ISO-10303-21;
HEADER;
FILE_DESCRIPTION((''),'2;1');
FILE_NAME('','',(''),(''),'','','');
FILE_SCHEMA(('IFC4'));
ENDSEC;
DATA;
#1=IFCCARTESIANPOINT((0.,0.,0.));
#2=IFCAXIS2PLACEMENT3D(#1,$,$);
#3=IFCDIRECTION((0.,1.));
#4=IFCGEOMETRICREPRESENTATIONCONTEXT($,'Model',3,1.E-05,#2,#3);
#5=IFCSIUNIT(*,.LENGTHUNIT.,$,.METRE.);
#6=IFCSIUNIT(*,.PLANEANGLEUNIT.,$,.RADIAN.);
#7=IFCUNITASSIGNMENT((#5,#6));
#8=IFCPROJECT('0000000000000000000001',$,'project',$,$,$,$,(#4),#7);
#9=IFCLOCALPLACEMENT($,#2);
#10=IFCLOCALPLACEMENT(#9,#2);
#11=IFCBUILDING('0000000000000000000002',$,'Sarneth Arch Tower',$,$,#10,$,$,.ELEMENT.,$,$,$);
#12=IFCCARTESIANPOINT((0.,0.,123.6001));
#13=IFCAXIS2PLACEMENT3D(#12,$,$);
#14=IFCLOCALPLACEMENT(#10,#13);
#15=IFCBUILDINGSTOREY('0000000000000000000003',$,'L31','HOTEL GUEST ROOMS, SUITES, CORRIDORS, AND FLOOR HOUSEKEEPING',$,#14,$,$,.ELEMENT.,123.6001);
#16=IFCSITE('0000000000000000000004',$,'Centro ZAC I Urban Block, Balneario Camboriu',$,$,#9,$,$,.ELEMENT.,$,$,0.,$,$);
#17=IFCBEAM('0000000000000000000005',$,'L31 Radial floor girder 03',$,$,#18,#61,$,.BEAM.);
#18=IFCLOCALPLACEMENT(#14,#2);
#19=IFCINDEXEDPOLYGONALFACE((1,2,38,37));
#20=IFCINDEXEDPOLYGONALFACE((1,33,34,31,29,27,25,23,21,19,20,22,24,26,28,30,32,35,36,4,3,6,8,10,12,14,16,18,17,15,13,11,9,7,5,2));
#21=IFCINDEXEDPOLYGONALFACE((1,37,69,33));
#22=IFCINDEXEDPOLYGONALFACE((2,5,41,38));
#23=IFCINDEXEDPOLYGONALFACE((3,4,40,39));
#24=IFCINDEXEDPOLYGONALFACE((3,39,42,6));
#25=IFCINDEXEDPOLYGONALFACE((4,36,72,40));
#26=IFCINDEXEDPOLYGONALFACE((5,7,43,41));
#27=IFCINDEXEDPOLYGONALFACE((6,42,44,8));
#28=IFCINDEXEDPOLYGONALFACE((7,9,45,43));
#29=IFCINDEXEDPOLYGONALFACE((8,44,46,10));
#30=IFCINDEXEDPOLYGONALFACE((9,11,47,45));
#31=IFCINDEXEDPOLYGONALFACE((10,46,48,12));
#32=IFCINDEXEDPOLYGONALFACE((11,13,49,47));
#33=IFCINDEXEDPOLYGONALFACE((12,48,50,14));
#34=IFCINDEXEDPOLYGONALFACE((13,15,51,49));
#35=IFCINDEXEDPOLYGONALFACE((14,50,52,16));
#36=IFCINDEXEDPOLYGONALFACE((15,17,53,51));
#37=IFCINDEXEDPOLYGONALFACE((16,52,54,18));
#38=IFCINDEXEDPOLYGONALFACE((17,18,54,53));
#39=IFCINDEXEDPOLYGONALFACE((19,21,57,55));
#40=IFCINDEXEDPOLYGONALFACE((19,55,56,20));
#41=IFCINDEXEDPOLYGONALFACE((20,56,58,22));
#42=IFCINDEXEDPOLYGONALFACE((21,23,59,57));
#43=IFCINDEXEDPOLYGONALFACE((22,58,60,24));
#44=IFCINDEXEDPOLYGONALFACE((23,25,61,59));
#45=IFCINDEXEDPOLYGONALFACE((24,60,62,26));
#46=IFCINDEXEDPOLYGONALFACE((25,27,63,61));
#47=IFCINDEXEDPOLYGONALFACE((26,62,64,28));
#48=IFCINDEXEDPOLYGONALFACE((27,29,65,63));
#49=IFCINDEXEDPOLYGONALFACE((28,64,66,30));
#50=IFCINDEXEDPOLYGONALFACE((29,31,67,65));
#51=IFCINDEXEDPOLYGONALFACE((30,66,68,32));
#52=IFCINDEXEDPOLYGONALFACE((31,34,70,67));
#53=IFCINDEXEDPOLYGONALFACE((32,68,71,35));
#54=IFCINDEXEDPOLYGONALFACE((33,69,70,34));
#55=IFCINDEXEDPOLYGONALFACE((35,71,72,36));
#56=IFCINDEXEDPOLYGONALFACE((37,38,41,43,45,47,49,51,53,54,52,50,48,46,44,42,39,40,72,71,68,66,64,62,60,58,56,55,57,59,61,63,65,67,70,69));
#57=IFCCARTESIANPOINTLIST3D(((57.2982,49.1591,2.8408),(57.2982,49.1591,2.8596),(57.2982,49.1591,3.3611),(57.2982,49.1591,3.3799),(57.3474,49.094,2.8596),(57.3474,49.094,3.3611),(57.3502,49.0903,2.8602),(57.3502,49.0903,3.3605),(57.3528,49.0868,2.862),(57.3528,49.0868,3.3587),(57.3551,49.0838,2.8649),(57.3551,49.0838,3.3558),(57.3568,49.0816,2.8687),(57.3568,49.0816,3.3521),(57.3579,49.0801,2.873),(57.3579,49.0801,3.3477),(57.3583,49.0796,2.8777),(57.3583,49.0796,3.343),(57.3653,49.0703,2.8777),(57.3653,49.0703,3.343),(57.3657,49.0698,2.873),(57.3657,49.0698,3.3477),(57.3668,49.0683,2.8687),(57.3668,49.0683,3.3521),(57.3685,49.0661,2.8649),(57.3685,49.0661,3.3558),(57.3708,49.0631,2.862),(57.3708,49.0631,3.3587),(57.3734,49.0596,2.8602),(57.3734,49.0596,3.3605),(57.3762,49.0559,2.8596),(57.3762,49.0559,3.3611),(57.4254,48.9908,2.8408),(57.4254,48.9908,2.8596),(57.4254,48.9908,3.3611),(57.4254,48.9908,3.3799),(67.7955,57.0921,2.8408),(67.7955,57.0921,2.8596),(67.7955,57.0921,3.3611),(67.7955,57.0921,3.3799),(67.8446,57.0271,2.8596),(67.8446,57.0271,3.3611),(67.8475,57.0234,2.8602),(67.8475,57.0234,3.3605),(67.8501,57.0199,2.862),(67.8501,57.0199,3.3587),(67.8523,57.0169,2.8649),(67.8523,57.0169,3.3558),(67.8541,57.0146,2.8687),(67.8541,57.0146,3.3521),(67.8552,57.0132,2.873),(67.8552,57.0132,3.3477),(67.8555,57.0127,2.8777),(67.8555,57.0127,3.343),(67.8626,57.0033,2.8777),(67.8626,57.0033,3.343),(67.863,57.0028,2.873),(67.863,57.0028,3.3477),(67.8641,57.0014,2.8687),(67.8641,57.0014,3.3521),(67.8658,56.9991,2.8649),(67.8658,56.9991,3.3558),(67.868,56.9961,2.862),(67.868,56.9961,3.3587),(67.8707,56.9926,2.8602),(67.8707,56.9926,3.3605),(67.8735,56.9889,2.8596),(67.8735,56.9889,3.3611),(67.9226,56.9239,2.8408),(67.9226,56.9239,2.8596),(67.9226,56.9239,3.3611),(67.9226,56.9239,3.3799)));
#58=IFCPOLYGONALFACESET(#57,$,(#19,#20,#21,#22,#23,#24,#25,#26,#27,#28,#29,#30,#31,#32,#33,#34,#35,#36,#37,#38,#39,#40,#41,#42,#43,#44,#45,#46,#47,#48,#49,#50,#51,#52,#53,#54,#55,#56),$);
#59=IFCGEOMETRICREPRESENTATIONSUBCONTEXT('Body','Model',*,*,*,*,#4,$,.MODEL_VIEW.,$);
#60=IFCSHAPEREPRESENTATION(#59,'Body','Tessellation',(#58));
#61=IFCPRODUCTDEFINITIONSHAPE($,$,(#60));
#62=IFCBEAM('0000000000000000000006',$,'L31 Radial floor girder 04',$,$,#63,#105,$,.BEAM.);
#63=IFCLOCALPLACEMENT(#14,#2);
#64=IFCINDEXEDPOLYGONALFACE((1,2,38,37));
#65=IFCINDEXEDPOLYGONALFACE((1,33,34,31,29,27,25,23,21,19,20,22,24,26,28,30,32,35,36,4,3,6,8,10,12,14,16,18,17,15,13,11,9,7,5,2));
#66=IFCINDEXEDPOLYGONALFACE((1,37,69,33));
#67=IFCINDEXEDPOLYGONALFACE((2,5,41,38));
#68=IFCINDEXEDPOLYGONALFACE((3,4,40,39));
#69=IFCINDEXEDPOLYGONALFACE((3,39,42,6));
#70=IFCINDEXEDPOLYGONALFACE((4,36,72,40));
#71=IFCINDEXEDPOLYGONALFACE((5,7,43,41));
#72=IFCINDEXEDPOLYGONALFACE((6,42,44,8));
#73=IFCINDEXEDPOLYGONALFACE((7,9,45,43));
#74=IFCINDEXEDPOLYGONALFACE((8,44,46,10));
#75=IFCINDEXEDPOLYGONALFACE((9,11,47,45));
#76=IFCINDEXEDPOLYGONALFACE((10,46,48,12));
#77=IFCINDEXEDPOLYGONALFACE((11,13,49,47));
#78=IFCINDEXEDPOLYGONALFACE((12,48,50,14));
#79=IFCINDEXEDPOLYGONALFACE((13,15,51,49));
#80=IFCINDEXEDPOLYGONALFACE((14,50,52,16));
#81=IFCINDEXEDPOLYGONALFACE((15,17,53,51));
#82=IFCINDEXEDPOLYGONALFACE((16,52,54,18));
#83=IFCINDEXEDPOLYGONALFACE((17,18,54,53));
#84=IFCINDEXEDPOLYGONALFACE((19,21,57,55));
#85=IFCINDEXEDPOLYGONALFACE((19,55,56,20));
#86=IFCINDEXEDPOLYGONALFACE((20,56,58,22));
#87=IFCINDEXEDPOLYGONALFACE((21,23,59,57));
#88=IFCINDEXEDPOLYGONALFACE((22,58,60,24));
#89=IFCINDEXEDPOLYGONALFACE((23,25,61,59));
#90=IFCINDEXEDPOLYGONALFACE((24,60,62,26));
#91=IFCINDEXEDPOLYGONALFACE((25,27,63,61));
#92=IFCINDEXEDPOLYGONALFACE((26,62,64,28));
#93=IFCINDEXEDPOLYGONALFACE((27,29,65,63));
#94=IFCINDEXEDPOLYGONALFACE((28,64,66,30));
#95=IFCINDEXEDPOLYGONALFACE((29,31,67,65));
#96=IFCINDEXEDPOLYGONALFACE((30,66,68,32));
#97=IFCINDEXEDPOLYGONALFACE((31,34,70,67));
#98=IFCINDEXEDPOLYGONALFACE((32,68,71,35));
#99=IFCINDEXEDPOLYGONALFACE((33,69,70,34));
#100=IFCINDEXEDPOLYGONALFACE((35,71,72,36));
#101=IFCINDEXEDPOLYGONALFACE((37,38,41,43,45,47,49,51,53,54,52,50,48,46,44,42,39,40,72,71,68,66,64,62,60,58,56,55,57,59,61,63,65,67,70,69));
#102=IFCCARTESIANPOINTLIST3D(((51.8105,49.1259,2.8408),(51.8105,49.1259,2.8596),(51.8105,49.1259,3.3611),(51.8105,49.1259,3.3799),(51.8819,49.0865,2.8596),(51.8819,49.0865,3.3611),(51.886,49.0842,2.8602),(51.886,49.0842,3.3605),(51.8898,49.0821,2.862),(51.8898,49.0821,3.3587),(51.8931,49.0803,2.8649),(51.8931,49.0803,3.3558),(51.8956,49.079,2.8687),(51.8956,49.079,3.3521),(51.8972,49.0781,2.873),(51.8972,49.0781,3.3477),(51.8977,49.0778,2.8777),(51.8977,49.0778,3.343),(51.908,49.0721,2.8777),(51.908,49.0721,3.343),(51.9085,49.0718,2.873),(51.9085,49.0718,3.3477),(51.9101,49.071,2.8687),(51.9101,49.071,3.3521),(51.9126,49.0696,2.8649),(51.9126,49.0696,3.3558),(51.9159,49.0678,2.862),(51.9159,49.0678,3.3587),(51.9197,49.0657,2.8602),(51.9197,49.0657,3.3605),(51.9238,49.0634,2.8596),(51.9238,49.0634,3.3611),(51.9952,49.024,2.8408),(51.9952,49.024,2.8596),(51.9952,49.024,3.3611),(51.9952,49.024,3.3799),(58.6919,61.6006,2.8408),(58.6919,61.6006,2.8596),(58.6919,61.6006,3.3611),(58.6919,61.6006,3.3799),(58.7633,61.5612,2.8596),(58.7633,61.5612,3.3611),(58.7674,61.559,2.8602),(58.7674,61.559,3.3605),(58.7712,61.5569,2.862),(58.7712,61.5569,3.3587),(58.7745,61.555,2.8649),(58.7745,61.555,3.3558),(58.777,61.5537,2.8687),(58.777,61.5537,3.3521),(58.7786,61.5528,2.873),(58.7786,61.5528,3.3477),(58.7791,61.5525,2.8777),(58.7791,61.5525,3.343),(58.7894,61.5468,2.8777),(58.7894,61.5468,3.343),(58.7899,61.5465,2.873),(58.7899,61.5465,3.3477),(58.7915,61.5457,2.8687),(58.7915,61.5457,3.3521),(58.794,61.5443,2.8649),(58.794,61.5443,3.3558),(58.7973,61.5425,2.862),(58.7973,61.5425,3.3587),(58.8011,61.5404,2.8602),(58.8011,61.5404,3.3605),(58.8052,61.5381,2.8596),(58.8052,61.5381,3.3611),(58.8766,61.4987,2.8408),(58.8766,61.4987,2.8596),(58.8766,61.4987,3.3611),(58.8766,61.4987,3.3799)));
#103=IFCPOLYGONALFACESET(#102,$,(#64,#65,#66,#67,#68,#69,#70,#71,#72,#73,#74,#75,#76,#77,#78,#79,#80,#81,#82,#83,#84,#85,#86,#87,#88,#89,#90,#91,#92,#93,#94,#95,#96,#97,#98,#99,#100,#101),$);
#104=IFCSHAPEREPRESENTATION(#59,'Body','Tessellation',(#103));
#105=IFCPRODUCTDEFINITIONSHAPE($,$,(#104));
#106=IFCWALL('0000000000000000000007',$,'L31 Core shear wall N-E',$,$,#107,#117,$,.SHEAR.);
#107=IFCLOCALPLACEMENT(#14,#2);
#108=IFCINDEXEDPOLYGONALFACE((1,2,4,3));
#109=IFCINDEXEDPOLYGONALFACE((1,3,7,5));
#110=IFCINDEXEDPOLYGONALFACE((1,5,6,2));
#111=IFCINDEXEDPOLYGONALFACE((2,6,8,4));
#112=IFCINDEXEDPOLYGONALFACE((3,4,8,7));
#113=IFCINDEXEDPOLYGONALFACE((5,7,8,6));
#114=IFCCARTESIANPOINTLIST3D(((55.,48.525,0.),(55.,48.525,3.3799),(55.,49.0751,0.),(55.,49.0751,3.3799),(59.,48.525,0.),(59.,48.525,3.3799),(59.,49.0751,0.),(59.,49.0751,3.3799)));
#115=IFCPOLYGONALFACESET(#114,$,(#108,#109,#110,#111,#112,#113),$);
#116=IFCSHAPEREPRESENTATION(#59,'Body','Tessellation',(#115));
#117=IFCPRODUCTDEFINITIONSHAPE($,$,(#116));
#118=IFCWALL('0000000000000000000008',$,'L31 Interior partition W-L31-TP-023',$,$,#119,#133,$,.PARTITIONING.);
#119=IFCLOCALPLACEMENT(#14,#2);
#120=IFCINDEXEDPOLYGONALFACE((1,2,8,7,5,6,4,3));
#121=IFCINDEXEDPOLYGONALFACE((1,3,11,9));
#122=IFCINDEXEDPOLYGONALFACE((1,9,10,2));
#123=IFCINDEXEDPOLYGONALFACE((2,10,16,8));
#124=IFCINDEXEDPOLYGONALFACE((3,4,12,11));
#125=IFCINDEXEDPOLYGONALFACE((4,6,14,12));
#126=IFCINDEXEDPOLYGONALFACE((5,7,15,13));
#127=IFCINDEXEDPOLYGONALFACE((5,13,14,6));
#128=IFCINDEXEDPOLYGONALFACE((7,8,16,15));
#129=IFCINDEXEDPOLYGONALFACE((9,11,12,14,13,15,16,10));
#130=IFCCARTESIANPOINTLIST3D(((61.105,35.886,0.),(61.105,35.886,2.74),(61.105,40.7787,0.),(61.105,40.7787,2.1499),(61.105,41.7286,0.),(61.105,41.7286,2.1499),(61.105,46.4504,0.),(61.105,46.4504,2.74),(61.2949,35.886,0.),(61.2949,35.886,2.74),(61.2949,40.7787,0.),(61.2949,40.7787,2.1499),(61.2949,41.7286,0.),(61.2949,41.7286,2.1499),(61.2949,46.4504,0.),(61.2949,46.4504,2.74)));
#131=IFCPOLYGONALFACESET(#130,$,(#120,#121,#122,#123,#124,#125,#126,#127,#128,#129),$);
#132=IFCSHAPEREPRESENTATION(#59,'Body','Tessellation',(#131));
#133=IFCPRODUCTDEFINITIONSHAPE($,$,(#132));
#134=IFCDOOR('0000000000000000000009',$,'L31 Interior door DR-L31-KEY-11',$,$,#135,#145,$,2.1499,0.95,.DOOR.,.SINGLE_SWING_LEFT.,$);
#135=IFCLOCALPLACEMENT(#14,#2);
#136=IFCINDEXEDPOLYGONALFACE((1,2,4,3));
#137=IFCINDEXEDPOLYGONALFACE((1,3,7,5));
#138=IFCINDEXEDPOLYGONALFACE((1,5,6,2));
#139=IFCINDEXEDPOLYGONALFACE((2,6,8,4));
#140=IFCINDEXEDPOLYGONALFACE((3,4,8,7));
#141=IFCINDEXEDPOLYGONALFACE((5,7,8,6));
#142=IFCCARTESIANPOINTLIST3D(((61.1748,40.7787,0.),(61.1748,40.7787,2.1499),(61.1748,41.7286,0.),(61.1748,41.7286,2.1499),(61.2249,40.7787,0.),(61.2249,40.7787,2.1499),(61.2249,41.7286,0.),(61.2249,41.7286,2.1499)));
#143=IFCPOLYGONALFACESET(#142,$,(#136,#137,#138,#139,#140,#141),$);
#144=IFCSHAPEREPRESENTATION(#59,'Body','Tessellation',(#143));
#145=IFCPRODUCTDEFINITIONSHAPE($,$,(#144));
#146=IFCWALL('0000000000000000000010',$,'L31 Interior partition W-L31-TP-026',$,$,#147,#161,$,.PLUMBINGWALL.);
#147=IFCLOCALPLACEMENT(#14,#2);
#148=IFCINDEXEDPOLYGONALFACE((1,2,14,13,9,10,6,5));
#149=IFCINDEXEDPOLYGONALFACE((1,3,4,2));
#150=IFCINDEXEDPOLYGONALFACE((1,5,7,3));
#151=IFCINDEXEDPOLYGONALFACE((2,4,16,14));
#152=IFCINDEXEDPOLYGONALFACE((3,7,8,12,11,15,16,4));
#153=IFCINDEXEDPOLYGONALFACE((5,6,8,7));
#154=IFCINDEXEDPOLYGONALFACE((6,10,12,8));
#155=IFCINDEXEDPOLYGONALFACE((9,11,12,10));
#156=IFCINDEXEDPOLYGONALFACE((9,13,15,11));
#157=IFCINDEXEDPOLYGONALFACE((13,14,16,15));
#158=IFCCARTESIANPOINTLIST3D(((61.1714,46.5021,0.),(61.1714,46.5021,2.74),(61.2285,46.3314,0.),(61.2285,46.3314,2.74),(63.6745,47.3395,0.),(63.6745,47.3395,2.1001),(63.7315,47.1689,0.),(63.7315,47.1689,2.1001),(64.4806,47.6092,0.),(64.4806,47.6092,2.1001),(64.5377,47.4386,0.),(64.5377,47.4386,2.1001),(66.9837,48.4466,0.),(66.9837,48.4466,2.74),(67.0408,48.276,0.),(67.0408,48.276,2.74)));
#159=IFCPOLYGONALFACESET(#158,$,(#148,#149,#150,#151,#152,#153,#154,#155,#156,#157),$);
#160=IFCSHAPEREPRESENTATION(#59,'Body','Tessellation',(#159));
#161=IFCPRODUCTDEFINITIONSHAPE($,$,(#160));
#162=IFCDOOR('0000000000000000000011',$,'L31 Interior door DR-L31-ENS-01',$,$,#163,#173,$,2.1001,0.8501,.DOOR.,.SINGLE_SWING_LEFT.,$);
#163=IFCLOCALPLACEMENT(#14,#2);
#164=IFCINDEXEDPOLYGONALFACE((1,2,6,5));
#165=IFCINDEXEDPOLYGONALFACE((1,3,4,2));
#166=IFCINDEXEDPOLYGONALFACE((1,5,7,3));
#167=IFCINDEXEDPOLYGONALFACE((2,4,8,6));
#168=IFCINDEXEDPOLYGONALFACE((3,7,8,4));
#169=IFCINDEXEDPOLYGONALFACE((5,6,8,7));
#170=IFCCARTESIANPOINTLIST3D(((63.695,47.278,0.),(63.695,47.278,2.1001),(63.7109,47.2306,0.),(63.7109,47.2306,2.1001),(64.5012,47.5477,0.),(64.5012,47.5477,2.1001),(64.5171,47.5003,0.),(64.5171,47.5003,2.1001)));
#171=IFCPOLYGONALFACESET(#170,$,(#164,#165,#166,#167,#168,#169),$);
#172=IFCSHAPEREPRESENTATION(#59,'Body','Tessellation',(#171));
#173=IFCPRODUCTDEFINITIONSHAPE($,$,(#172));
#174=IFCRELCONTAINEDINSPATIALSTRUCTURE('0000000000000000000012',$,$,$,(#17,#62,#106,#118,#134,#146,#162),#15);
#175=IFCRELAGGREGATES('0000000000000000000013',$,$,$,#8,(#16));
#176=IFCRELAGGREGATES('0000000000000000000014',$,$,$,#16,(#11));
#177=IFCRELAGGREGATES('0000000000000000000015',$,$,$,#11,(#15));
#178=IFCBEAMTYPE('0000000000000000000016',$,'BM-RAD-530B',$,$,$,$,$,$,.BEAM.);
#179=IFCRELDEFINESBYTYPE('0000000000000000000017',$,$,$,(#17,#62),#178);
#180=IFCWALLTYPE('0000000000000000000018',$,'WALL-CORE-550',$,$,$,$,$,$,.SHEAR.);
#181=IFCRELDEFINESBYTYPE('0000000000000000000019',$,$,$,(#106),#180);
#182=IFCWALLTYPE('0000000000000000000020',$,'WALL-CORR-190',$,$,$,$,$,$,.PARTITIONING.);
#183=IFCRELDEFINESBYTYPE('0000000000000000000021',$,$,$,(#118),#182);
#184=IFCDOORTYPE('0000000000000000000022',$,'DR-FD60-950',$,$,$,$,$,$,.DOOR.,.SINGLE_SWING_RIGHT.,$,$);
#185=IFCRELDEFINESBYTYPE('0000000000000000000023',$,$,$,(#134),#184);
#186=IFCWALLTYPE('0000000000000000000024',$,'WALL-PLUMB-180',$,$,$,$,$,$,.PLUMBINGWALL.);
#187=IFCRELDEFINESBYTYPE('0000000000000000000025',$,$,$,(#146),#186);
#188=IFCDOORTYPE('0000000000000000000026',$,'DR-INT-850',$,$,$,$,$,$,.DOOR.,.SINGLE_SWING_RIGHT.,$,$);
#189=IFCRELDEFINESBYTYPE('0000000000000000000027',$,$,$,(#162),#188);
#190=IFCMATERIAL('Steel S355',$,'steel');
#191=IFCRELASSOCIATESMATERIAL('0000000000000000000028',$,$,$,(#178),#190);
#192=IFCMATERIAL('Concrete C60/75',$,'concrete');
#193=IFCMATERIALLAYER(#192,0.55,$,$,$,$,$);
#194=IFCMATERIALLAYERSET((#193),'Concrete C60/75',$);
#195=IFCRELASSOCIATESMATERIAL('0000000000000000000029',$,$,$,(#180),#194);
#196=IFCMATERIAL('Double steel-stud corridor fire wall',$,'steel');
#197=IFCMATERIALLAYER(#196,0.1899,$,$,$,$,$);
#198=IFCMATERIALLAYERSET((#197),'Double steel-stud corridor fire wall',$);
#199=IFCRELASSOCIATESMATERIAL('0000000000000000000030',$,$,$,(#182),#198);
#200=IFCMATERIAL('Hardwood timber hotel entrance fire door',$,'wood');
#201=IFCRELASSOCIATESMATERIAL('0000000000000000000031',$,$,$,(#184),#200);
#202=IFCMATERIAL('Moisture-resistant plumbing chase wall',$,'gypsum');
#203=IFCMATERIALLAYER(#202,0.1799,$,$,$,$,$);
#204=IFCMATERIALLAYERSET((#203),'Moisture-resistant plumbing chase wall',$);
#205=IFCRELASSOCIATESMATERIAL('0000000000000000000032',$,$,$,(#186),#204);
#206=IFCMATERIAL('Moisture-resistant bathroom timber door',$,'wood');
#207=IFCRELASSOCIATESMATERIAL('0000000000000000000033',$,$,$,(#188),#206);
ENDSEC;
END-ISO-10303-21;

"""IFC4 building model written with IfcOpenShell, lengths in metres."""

from ifc_helpers import new_model, si_unit, direction, frame, frame_2d, origin, origin_2d, place, context, subcontext, project, spatial, rectangle, i_section, extrude, material, layer, layer_set, material_profile, profile_set, type_object, element, fill, save


model = new_model("IFC4")

# Units and contexts
model_context = context("Model", 3, precision=1e-05, world=origin(), true_north=direction((0.0, 1.0)))
body_context = subcontext(model_context, "Body", "Model", "MODEL_VIEW")
ifc_project = project(units=[si_unit("LENGTHUNIT", "METRE"), si_unit("PLANEANGLEUNIT", "RADIAN")], contexts=[model_context])

# Site, building, storey
site_placement = place(None, origin())
site = spatial("IfcSite", under=ifc_project, at=site_placement, Name="Centro ZAC I Urban Block, Balneario Camboriu", CompositionType="ELEMENT", RefElevation=0.0)
building_placement = place(site_placement, origin())
building = spatial("IfcBuilding", under=site, at=building_placement, Name="Sarneth Arch Tower", CompositionType="ELEMENT")
storey_placement = place(building_placement, frame((0.0, 0.0, 123.6001)))
storey = spatial("IfcBuildingStorey", under=building, at=storey_placement, Name="L31", Description="HOTEL GUEST ROOMS, SUITES, CORRIDORS, AND FLOOR HOUSEKEEPING", CompositionType="ELEMENT", Elevation=123.6001)

# Beams
ifc_material_1 = material(Name="Steel S355", Category="steel")
ifc_material_profile_1 = material_profile(ifc_material_1, i_section(OverallWidth=0.2109, OverallDepth=0.5391, WebThickness=0.0117, FlangeThickness=0.0188, FilletRadius=0.0181, at=origin_2d()), Name="W530x109")
ifc_profile_set_1 = profile_set([ifc_material_profile_1], Name="Steel S355")
beam_type_1 = type_object("IfcBeamType", Name="BM-RAD-530B", PredefinedType="BEAM", material=ifc_profile_set_1)
beam_1_placement = place(storey_placement, frame((57.3618, 49.075, 3.1104), z_axis=(0.797801, 0.60292, 0.0), x_axis=(-0.60292, 0.797801, 0.0)))
element("IfcBeam", 1, at=beam_1_placement, inside=storey, type_object=beam_type_1, Name="L31 Radial floor girder 03", PredefinedType="BEAM", context=body_context, shape_type="SweptSolid", body=[
    extrude(i_section(OverallWidth=0.2109, OverallDepth=0.5391, WebThickness=0.0117, FlangeThickness=0.0188, FilletRadius=0.0181, at=origin_2d()), origin(), (0.0, 0.0, 1.0), 13.1577),
])
beam_2_placement = place(storey_placement, frame((51.9028, 49.075, 3.1104), z_axis=(0.483013, 0.875613, 0.0), x_axis=(-0.875613, 0.483013, 0.0)))
element("IfcBeam", 2, at=beam_2_placement, inside=storey, type_object=beam_type_1, Name="L31 Radial floor girder 04", PredefinedType="BEAM", context=body_context, shape_type="SweptSolid", body=[
    extrude(i_section(OverallWidth=0.2109, OverallDepth=0.5391, WebThickness=0.0117, FlangeThickness=0.0188, FilletRadius=0.0181, at=origin_2d()), origin(), (0.0, 0.0, 1.0), 14.2468),
])

# Wall
ifc_material_2 = material(Name="Concrete C60/75", Category="concrete")
ifc_layer_1 = layer(ifc_material_2, 0.55)
ifc_layer_set_1 = layer_set([ifc_layer_1], Name="Concrete C60/75")
wall_type_1 = type_object("IfcWallType", Name="WALL-CORE-550", PredefinedType="SHEAR", material=ifc_layer_set_1)
wall_1_placement = place(storey_placement, frame((55.0, 48.8, 0.0), z_axis=(0.0, 0.0, 1.0), x_axis=(1.0, 0.0, 0.0)))
element("IfcWall", 3, at=wall_1_placement, inside=storey, type_object=wall_type_1, Name="L31 Core shear wall N-E", PredefinedType="SHEAR", context=body_context, shape_type="SweptSolid", body=[
    extrude(rectangle(XDim=4.0, YDim=0.55, at=frame_2d((2.0, 0.0))), origin(), (0.0, 0.0, 1.0), 3.3799),
])

# Walls, openings, doors
ifc_material_3 = material(Name="Double steel-stud corridor fire wall", Category="steel")
ifc_layer_2 = layer(ifc_material_3, 0.1899)
ifc_layer_set_2 = layer_set([ifc_layer_2], Name="Double steel-stud corridor fire wall")
wall_type_2 = type_object("IfcWallType", Name="WALL-CORR-190", PredefinedType="PARTITIONING", material=ifc_layer_set_2)
wall_2_placement = place(storey_placement, frame((61.2, 46.4504, 0.0), z_axis=(0.0, 0.0, 1.0), x_axis=(0.0, -1.0, 0.0)))
wall_2 = element("IfcWall", 4, at=wall_2_placement, inside=storey, type_object=wall_type_2, Name="L31 Interior partition W-L31-TP-023", PredefinedType="PARTITIONING", context=body_context, shape_type="SweptSolid", body=[
    extrude(rectangle(XDim=10.5645, YDim=0.1899, at=frame_2d((5.2822, 0.0))), origin(), (0.0, 0.0, 1.0), 2.74),
])
opening_1_placement = place(wall_2_placement, frame((4.7217, 0.0, 0.0)))
opening_1 = element("IfcOpeningElement", 5, at=opening_1_placement, cuts=wall_2, PredefinedType="OPENING", context=body_context, shape_type="SweptSolid", body=[
    extrude(rectangle(XDim=0.95, YDim=2.1499, at=frame_2d((0.4751, 1.075))), frame((0.0, 0.105, 0.0), z_axis=(0.0, -1.0, 0.0), x_axis=(1.0, 0.0, 0.0)), (0.0, 0.0, 1.0), 0.21),
])
ifc_material_4 = material(Name="Hardwood timber hotel entrance fire door", Category="wood")
door_type_1 = type_object("IfcDoorType", Name="DR-FD60-950", OperationType="SINGLE_SWING_RIGHT", PredefinedType="DOOR", material=ifc_material_4)
door_1_placement = place(opening_1_placement, origin())
door_1 = element("IfcDoor", 6, at=door_1_placement, inside=storey, type_object=door_type_1, Name="L31 Interior door DR-L31-KEY-11", OperationType="SINGLE_SWING_LEFT", OverallHeight=2.1499, OverallWidth=0.95, PredefinedType="DOOR", context=body_context, shape_type="SweptSolid", body=[
    extrude(rectangle(XDim=0.95, YDim=2.1499, at=frame_2d((0.4751, 1.075))), frame((0.0, 0.0249, 0.0), z_axis=(0.0, -1.0, 0.0), x_axis=(1.0, 0.0, 0.0)), (0.0, 0.0, 1.0), 0.05),
])
fill(opening_1, door_1)
ifc_material_5 = material(Name="Moisture-resistant plumbing chase wall", Category="gypsum")
ifc_layer_3 = layer(ifc_material_5, 0.1799)
ifc_layer_set_3 = layer_set([ifc_layer_3], Name="Moisture-resistant plumbing chase wall")
wall_type_3 = type_object("IfcWallType", Name="WALL-PLUMB-180", PredefinedType="PLUMBINGWALL", material=ifc_layer_set_3)
wall_3_placement = place(storey_placement, frame((67.0122, 48.3613, 0.0), z_axis=(0.0, 0.0, 1.0), x_axis=(-0.948332, -0.317279, 0.0)))
wall_3 = element("IfcWall", 7, at=wall_3_placement, inside=storey, type_object=wall_type_3, Name="L31 Interior partition W-L31-TP-026", PredefinedType="PLUMBINGWALL", context=body_context, shape_type="SweptSolid", body=[
    extrude(rectangle(XDim=6.1289, YDim=0.1799, at=frame_2d((3.0645, 0.0))), origin(), (0.0, 0.0, 1.0), 2.74),
])
opening_2_placement = place(wall_3_placement, frame((2.6394, 0.0, 0.0)))
opening_2 = element("IfcOpeningElement", 8, at=opening_2_placement, cuts=wall_3, PredefinedType="OPENING", context=body_context, shape_type="SweptSolid", body=[
    extrude(rectangle(XDim=0.8501, YDim=2.1001, at=frame_2d((0.425, 1.05))), frame((0.0, 0.0999, 0.0), z_axis=(0.0, -1.0, 0.0), x_axis=(1.0, 0.0, 0.0)), (0.0, 0.0, 1.0), 0.2),
])
ifc_material_6 = material(Name="Moisture-resistant bathroom timber door", Category="wood")
door_type_2 = type_object("IfcDoorType", Name="DR-INT-850", OperationType="SINGLE_SWING_RIGHT", PredefinedType="DOOR", material=ifc_material_6)
door_2_placement = place(opening_2_placement, origin())
door_2 = element("IfcDoor", 9, at=door_2_placement, inside=storey, type_object=door_type_2, Name="L31 Interior door DR-L31-ENS-01", OperationType="SINGLE_SWING_LEFT", OverallHeight=2.1001, OverallWidth=0.8501, PredefinedType="DOOR", context=body_context, shape_type="SweptSolid", body=[
    extrude(rectangle(XDim=0.8501, YDim=2.1001, at=frame_2d((0.425, 1.05))), frame((0.0, 0.0249, 0.0), z_axis=(0.0, -1.0, 0.0), x_axis=(1.0, 0.0, 0.0)), (0.0, 0.0, 1.0), 0.05),
])
fill(opening_2, door_2)

save(model, "model.ifc")
